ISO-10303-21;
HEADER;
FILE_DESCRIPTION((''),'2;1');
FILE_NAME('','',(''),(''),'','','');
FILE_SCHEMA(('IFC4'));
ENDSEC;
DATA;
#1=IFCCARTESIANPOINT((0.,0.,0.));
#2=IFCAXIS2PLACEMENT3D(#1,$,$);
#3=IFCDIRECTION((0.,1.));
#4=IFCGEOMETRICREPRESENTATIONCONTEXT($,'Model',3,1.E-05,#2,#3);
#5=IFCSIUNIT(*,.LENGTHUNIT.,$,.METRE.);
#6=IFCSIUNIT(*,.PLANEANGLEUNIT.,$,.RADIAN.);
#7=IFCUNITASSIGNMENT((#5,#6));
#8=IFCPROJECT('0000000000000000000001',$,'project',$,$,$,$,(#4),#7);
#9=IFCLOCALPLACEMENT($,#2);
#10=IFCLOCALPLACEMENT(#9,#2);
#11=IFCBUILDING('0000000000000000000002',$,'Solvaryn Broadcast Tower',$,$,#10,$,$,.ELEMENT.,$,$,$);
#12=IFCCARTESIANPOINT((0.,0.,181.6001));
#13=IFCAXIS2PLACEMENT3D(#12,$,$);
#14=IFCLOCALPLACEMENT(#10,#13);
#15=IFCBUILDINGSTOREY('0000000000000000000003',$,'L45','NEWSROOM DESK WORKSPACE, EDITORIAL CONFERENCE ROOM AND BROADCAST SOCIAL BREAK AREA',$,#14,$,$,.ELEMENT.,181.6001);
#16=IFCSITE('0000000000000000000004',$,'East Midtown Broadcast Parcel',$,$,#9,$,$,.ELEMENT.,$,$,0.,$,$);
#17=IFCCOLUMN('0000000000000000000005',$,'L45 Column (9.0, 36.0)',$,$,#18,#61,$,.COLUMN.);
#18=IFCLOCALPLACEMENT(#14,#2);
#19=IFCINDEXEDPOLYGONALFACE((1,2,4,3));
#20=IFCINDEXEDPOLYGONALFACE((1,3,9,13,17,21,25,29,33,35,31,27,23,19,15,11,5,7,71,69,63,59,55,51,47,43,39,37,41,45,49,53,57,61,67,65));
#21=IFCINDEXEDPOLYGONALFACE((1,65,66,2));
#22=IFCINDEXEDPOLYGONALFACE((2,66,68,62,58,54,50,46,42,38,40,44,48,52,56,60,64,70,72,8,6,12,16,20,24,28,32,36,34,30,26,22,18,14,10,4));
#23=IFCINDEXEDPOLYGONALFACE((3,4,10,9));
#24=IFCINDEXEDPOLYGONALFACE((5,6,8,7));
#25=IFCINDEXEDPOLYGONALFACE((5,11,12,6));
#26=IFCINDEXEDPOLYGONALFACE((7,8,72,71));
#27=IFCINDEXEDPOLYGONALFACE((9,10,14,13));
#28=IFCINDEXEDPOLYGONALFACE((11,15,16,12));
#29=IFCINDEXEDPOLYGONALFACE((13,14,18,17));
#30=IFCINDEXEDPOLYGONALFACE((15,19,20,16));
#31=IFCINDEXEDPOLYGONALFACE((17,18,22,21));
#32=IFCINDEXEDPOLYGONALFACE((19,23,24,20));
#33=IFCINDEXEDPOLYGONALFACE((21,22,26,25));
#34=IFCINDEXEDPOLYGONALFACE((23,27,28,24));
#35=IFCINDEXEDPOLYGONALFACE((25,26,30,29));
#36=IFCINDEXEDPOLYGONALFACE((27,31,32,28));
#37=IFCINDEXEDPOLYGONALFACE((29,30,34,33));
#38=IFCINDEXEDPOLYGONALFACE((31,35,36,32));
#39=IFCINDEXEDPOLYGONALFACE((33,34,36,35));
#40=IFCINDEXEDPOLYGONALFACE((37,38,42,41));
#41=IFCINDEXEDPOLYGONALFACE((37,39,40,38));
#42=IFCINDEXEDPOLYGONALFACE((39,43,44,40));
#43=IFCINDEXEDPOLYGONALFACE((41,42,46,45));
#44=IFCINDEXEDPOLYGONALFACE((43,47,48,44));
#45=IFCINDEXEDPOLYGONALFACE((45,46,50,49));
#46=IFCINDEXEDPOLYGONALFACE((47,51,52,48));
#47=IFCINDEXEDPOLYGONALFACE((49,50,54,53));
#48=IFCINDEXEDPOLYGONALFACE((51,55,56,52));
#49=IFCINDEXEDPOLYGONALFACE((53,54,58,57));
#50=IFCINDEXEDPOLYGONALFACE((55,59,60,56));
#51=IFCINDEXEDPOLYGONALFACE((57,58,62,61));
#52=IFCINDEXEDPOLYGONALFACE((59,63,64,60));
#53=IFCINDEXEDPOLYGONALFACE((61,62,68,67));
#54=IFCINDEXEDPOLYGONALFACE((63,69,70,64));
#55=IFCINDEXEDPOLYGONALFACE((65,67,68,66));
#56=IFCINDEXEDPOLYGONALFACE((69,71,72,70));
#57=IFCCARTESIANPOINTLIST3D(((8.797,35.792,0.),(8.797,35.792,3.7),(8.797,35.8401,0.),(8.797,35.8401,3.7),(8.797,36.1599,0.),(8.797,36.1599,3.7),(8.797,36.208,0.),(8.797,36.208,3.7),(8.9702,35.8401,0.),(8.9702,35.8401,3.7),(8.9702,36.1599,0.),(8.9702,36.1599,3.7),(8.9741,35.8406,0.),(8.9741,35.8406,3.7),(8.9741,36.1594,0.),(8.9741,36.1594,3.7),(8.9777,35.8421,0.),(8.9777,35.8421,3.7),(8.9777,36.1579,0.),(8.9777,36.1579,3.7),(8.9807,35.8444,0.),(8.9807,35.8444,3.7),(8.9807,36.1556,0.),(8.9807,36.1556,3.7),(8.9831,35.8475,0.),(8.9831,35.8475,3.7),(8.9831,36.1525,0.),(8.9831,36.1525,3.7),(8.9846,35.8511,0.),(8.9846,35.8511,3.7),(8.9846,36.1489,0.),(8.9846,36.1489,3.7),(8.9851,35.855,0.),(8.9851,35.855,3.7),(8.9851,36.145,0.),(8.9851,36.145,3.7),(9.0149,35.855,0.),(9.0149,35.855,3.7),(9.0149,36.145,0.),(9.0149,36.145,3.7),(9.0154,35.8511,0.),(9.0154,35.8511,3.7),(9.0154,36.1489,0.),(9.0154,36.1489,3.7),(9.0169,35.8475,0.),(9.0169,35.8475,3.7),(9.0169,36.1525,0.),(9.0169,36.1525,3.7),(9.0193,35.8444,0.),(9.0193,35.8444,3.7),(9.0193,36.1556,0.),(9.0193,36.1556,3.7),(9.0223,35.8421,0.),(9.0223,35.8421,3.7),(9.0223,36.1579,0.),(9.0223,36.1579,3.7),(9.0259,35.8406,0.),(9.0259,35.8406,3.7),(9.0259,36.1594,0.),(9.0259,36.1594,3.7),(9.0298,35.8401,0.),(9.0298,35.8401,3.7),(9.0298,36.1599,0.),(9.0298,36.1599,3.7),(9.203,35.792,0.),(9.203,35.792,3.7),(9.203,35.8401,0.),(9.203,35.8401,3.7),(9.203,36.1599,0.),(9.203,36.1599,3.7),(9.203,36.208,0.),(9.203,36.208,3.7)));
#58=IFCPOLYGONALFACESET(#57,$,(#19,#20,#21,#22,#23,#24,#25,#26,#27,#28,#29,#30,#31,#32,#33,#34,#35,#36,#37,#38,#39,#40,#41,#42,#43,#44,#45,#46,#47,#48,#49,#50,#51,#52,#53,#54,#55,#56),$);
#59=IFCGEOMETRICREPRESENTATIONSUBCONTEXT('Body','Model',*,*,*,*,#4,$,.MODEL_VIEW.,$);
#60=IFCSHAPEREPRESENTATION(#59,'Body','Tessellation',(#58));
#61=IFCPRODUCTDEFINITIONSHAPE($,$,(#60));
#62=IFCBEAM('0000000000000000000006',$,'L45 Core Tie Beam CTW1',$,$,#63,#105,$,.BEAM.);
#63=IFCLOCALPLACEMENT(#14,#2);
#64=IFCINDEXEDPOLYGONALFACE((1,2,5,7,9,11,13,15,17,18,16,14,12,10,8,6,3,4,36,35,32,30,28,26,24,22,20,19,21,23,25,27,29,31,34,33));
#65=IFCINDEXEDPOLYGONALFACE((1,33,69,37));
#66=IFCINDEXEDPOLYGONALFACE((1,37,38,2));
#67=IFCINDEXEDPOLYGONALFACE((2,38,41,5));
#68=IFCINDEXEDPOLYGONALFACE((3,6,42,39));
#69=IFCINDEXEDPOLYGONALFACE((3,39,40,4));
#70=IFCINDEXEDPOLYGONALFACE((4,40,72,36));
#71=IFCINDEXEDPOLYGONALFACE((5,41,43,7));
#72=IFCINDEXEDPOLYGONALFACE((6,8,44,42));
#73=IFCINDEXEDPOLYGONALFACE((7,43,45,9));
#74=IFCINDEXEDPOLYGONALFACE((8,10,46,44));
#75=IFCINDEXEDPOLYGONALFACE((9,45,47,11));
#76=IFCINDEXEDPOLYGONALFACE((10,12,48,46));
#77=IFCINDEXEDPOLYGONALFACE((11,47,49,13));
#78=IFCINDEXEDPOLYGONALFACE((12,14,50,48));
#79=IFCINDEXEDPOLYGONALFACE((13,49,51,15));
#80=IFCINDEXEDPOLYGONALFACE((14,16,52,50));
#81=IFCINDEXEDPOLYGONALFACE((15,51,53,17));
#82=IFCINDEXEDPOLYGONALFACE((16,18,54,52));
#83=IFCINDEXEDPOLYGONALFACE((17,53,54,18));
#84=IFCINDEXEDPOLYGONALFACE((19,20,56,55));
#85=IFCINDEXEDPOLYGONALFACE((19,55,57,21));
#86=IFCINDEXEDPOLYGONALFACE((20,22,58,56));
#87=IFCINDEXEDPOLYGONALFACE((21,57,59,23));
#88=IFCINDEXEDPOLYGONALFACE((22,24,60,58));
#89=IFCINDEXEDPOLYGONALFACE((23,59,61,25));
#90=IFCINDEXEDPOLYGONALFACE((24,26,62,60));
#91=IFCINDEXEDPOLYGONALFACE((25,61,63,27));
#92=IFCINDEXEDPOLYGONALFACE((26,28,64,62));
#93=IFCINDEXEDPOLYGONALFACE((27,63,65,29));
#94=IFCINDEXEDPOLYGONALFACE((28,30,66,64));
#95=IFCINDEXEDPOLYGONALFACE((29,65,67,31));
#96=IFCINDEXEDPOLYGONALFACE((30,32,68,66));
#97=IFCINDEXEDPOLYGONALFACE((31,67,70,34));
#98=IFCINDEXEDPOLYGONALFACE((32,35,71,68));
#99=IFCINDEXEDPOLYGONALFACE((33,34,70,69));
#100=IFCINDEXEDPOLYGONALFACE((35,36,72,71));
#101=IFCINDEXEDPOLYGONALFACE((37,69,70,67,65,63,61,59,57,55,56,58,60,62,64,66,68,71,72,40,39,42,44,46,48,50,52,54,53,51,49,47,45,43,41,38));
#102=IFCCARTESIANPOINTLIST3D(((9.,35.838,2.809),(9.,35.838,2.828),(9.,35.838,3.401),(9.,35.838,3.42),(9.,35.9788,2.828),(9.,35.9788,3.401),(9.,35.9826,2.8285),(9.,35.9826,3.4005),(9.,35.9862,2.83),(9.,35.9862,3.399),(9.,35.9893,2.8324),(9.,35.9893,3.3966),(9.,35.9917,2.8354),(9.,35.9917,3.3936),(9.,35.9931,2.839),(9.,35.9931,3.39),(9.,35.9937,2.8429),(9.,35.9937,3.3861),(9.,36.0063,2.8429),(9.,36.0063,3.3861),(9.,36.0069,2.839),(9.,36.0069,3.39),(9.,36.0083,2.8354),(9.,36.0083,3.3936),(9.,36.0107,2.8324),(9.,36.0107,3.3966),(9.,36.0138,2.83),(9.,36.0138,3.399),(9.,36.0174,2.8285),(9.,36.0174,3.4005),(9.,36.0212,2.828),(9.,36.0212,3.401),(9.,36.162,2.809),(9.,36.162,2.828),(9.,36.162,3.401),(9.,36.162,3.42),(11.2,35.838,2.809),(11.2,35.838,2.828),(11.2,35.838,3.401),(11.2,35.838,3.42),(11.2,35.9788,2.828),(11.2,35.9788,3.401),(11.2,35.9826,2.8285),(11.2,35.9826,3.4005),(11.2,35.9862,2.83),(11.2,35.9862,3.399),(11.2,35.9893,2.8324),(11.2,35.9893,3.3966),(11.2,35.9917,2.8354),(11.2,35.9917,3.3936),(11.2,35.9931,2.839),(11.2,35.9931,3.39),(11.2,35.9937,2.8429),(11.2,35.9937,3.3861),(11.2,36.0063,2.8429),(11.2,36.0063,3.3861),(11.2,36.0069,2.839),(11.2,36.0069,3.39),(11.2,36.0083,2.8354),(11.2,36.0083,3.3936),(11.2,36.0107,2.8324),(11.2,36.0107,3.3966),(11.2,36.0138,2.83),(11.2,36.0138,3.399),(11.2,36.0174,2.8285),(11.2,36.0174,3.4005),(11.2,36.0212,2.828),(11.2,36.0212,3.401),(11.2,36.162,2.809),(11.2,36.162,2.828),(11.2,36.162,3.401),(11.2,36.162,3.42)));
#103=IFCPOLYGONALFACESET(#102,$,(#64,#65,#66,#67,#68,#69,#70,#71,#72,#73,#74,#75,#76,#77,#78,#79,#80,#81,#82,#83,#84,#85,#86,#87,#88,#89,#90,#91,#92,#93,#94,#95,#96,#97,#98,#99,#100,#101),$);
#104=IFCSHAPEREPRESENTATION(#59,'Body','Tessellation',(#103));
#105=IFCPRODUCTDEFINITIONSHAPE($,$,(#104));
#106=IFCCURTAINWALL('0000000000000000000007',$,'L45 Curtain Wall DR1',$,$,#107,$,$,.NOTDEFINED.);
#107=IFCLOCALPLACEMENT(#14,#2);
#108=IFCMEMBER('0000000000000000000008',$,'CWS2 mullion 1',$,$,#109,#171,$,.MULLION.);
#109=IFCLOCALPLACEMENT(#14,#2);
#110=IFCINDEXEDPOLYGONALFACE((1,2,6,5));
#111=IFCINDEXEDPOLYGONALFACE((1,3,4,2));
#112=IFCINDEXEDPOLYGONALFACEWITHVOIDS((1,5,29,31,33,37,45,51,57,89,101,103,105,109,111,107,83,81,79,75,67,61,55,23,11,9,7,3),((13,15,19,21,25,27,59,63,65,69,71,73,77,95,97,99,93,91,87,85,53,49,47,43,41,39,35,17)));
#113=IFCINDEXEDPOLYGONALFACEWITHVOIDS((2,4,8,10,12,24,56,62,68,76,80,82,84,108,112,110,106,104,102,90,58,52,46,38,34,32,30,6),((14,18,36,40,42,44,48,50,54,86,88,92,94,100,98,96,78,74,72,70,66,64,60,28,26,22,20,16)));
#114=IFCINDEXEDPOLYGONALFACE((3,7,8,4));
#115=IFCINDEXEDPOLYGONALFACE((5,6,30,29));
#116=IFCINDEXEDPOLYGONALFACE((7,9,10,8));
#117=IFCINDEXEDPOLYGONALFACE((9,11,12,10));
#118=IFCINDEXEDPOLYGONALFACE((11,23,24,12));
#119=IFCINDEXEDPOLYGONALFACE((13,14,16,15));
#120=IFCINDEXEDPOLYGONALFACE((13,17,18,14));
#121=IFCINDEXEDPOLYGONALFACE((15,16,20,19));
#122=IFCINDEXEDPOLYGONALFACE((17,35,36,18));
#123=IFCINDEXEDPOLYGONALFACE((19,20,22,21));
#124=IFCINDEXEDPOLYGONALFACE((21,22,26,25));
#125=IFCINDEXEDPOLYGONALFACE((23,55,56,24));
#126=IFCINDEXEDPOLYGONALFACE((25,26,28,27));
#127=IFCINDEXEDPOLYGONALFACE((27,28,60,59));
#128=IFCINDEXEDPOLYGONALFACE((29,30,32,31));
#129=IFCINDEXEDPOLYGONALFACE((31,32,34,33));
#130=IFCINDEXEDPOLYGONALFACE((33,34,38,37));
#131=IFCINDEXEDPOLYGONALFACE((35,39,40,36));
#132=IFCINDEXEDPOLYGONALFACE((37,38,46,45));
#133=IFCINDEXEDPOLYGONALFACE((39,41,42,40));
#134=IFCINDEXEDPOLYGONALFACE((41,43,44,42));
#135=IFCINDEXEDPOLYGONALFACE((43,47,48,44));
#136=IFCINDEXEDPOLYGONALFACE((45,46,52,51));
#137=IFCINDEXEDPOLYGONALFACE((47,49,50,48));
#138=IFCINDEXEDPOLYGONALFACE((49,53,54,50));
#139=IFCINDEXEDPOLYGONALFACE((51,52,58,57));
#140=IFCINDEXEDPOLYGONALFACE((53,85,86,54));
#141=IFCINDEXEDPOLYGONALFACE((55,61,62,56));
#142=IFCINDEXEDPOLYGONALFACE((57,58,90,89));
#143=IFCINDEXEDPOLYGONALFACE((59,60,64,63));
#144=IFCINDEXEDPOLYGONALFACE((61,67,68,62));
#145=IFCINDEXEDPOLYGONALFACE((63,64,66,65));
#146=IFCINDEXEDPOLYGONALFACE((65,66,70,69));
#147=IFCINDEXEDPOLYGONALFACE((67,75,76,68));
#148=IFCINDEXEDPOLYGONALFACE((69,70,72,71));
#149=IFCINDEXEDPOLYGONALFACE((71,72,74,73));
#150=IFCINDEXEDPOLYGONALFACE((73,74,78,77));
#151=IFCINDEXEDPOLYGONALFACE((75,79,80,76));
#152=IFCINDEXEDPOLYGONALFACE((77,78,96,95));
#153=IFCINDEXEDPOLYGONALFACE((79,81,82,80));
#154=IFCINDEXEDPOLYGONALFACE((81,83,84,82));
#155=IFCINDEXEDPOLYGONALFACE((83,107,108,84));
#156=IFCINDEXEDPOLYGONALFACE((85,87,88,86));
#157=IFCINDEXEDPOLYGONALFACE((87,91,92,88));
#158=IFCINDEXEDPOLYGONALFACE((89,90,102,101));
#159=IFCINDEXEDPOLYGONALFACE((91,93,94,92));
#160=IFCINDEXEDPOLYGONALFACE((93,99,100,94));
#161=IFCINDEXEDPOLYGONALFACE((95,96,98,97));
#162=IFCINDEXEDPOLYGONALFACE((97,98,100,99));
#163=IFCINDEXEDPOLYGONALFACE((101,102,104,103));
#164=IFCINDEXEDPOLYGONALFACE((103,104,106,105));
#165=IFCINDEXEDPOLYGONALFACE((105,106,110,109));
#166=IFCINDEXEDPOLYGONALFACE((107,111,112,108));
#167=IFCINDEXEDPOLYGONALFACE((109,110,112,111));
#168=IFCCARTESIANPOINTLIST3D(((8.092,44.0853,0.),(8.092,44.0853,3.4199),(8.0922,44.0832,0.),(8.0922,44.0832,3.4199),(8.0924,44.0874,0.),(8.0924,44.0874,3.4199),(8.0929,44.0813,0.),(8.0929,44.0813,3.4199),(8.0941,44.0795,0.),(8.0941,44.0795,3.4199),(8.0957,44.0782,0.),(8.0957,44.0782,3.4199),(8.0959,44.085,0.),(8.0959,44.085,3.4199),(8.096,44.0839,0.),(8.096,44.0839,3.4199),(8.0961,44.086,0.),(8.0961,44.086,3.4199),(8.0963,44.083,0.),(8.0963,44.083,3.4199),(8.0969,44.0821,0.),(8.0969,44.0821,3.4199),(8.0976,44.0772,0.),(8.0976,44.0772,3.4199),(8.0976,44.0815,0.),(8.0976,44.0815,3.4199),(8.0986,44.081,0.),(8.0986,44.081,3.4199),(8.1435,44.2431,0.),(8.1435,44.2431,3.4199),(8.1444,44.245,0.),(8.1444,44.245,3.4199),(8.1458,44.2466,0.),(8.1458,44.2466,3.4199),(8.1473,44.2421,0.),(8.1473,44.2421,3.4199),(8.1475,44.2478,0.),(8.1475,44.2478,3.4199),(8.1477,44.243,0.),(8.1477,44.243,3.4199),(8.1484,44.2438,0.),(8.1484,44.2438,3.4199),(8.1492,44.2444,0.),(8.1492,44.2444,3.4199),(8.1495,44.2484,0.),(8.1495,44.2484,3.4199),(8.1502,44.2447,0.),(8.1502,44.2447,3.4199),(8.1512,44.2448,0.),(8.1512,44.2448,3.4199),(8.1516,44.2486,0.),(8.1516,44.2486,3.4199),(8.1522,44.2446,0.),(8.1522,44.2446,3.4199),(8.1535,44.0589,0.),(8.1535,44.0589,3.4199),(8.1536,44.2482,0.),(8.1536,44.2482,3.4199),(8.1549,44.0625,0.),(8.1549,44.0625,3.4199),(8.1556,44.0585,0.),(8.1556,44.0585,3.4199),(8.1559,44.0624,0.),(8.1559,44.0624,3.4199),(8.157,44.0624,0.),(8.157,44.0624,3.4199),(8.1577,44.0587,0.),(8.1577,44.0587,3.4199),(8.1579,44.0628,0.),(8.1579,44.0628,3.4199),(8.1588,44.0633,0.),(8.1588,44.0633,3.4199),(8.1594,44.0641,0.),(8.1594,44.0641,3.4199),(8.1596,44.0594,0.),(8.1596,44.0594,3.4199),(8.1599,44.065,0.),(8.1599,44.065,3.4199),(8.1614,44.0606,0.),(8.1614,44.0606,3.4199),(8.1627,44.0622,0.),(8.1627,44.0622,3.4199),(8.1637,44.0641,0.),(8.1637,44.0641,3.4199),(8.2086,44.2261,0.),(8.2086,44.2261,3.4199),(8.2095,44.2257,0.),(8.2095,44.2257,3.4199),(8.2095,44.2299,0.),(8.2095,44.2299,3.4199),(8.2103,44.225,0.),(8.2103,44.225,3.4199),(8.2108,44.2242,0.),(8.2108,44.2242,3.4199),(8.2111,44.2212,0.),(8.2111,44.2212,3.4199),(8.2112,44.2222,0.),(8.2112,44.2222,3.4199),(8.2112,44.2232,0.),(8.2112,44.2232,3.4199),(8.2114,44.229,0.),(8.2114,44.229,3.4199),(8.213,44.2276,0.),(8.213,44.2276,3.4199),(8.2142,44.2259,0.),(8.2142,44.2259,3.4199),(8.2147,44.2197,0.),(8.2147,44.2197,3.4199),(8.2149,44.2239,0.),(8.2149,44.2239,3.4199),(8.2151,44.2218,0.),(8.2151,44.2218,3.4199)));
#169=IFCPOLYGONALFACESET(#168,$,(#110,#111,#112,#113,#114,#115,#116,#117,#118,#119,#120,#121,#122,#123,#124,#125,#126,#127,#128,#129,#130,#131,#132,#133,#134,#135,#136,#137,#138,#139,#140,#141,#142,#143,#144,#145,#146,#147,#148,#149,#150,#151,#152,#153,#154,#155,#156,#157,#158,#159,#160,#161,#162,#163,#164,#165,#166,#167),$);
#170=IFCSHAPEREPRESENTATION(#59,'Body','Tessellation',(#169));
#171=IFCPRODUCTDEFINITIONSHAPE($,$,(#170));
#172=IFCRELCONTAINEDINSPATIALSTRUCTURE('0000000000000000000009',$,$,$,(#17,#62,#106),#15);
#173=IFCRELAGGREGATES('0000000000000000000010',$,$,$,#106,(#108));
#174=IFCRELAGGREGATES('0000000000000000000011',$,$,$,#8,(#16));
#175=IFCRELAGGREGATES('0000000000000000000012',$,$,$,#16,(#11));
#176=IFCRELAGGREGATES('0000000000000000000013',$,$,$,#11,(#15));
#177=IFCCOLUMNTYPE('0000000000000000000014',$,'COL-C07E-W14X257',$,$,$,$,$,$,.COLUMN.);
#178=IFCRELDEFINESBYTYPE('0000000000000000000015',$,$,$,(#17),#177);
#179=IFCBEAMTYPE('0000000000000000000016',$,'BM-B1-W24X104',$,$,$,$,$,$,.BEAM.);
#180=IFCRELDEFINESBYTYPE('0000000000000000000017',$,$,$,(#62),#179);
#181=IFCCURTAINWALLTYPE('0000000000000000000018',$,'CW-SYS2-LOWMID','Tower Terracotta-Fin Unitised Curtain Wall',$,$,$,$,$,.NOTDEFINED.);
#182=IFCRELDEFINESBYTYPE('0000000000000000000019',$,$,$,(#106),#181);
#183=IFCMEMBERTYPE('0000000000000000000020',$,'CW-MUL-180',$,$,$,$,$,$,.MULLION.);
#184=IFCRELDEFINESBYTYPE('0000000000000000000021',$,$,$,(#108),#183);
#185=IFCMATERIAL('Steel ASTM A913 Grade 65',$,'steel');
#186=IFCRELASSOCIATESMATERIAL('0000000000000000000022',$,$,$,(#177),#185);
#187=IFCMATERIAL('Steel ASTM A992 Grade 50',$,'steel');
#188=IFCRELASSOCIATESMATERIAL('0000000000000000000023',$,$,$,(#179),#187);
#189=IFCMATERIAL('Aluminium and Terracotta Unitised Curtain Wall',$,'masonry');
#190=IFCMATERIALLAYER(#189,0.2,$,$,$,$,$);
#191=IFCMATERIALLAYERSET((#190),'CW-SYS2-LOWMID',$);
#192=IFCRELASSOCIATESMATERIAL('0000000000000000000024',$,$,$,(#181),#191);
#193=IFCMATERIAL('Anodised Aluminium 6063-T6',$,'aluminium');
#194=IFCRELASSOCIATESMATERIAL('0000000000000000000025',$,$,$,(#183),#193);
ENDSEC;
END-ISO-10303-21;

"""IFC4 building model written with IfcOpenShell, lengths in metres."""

from ifc_helpers import new_model, si_unit, direction, frame, origin, origin_2d, place, context, subcontext, project, spatial, hollow_rectangle, i_section, extrude, material, layer, layer_set, material_profile, profile_set, type_object, element, aggregate, save


model = new_model("IFC4")

# Units and contexts
model_context = context("Model", 3, precision=1e-05, world=origin(), true_north=direction((0.0, 1.0)))
body_context = subcontext(model_context, "Body", "Model", "MODEL_VIEW")
ifc_project = project(units=[si_unit("LENGTHUNIT", "METRE"), si_unit("PLANEANGLEUNIT", "RADIAN")], contexts=[model_context])

# Site, building, storey
site_placement = place(None, origin())
site = spatial("IfcSite", under=ifc_project, at=site_placement, Name="East Midtown Broadcast Parcel", CompositionType="ELEMENT", RefElevation=0.0)
building_placement = place(site_placement, origin())
building = spatial("IfcBuilding", under=site, at=building_placement, Name="Solvaryn Broadcast Tower", CompositionType="ELEMENT")
storey_placement = place(building_placement, frame((0.0, 0.0, 181.6001)))
storey = spatial("IfcBuildingStorey", under=building, at=storey_placement, Name="L45", Description="NEWSROOM DESK WORKSPACE, EDITORIAL CONFERENCE ROOM AND BROADCAST SOCIAL BREAK AREA", CompositionType="ELEMENT", Elevation=181.6001)

# Column
ifc_material_1 = material(Name="Steel ASTM A913 Grade 65", Category="steel")
ifc_material_profile_1 = material_profile(ifc_material_1, i_section(OverallWidth=0.406, OverallDepth=0.416, WebThickness=0.0298, FlangeThickness=0.0481, FilletRadius=0.0149, at=origin_2d()))
ifc_profile_set_1 = profile_set([ifc_material_profile_1], Name="Steel ASTM A913 Grade 65")
column_type = type_object("IfcColumnType", Name="COL-C07E-W14X257", PredefinedType="COLUMN", material=ifc_profile_set_1)
column_placement = place(storey_placement, frame((9.0, 36.0, 0.0), z_axis=(0.0, 0.0, 1.0), x_axis=(1.0, 0.0, 0.0)))
element("IfcColumn", 1, at=column_placement, inside=storey, type_object=column_type, Name="L45 Column (9.0, 36.0)", PredefinedType="COLUMN", context=body_context, shape_type="SweptSolid", body=[
    extrude(i_section(OverallWidth=0.406, OverallDepth=0.416, WebThickness=0.0298, FlangeThickness=0.0481, FilletRadius=0.0149, at=origin_2d()), origin(), (0.0, 0.0, 1.0), 3.7),
])

# Beam
ifc_material_2 = material(Name="Steel ASTM A992 Grade 50", Category="steel")
ifc_material_profile_2 = material_profile(ifc_material_2, i_section(OverallWidth=0.324, OverallDepth=0.6111, WebThickness=0.0127, FlangeThickness=0.019, FilletRadius=0.0149, at=origin_2d()))
ifc_profile_set_2 = profile_set([ifc_material_profile_2], Name="Steel ASTM A992 Grade 50")
beam_type = type_object("IfcBeamType", Name="BM-B1-W24X104", PredefinedType="BEAM", material=ifc_profile_set_2)
beam_placement = place(storey_placement, frame((9.0, 36.0, 3.1145), z_axis=(1.0, 0.0, 0.0), x_axis=(0.0, 1.0, 0.0)))
element("IfcBeam", 2, at=beam_placement, inside=storey, type_object=beam_type, Name="L45 Core Tie Beam CTW1", PredefinedType="BEAM", context=body_context, shape_type="SweptSolid", body=[
    extrude(i_section(OverallWidth=0.324, OverallDepth=0.6111, WebThickness=0.0127, FlangeThickness=0.019, FilletRadius=0.0149, at=origin_2d()), origin(), (0.0, 0.0, 1.0), 2.2),
])

# Curtain wall, member
ifc_material_3 = material(Name="Aluminium and Terracotta Unitised Curtain Wall", Category="masonry")
ifc_layer_1 = layer(ifc_material_3, 0.2)
ifc_layer_set_1 = layer_set([ifc_layer_1], Name="CW-SYS2-LOWMID")
curtain_wall_type = type_object("IfcCurtainWallType", Name="CW-SYS2-LOWMID", Description="Tower Terracotta-Fin Unitised Curtain Wall", PredefinedType="NOTDEFINED", material=ifc_layer_set_1)
curtain_wall_1_placement = place(storey_placement, origin())
curtain_wall_1 = element("IfcCurtainWall", 3, at=curtain_wall_1_placement, inside=storey, type_object=curtain_wall_type, Name="L45 Curtain Wall DR1", PredefinedType="NOTDEFINED")
ifc_material_4 = material(Name="Anodised Aluminium 6063-T6", Category="aluminium")
ifc_material_profile_3 = material_profile(ifc_material_4, hollow_rectangle(XDim=0.075, YDim=0.1799, WallThickness=0.0039, InnerFilletRadius=0.0039, OuterFilletRadius=0.0081, at=origin_2d()))
ifc_profile_set_3 = profile_set([ifc_material_profile_3], Name="Anodised Aluminium 6063-T6")
member_type_1 = type_object("IfcMemberType", Name="CW-MUL-180", PredefinedType="MULLION", material=ifc_profile_set_3)
member_1_placement = place(storey_placement, frame((8.1536, 44.1536, 0.0), z_axis=(0.0, 0.0, 1.0), x_axis=(0.950227, -0.311559, 0.0)))
member_1 = element("IfcMember", 4, at=member_1_placement, type_object=member_type_1, Name="CWS2 mullion 1", PredefinedType="MULLION", context=body_context, shape_type="SweptSolid", body=[
    extrude(hollow_rectangle(XDim=0.075, YDim=0.1799, WallThickness=0.0039, InnerFilletRadius=0.0039, OuterFilletRadius=0.0081, at=origin_2d()), origin(), (0.0, 0.0, 1.0), 3.4199),
])

aggregate(curtain_wall_1, [member_1])

save(model, "model.ifc")
